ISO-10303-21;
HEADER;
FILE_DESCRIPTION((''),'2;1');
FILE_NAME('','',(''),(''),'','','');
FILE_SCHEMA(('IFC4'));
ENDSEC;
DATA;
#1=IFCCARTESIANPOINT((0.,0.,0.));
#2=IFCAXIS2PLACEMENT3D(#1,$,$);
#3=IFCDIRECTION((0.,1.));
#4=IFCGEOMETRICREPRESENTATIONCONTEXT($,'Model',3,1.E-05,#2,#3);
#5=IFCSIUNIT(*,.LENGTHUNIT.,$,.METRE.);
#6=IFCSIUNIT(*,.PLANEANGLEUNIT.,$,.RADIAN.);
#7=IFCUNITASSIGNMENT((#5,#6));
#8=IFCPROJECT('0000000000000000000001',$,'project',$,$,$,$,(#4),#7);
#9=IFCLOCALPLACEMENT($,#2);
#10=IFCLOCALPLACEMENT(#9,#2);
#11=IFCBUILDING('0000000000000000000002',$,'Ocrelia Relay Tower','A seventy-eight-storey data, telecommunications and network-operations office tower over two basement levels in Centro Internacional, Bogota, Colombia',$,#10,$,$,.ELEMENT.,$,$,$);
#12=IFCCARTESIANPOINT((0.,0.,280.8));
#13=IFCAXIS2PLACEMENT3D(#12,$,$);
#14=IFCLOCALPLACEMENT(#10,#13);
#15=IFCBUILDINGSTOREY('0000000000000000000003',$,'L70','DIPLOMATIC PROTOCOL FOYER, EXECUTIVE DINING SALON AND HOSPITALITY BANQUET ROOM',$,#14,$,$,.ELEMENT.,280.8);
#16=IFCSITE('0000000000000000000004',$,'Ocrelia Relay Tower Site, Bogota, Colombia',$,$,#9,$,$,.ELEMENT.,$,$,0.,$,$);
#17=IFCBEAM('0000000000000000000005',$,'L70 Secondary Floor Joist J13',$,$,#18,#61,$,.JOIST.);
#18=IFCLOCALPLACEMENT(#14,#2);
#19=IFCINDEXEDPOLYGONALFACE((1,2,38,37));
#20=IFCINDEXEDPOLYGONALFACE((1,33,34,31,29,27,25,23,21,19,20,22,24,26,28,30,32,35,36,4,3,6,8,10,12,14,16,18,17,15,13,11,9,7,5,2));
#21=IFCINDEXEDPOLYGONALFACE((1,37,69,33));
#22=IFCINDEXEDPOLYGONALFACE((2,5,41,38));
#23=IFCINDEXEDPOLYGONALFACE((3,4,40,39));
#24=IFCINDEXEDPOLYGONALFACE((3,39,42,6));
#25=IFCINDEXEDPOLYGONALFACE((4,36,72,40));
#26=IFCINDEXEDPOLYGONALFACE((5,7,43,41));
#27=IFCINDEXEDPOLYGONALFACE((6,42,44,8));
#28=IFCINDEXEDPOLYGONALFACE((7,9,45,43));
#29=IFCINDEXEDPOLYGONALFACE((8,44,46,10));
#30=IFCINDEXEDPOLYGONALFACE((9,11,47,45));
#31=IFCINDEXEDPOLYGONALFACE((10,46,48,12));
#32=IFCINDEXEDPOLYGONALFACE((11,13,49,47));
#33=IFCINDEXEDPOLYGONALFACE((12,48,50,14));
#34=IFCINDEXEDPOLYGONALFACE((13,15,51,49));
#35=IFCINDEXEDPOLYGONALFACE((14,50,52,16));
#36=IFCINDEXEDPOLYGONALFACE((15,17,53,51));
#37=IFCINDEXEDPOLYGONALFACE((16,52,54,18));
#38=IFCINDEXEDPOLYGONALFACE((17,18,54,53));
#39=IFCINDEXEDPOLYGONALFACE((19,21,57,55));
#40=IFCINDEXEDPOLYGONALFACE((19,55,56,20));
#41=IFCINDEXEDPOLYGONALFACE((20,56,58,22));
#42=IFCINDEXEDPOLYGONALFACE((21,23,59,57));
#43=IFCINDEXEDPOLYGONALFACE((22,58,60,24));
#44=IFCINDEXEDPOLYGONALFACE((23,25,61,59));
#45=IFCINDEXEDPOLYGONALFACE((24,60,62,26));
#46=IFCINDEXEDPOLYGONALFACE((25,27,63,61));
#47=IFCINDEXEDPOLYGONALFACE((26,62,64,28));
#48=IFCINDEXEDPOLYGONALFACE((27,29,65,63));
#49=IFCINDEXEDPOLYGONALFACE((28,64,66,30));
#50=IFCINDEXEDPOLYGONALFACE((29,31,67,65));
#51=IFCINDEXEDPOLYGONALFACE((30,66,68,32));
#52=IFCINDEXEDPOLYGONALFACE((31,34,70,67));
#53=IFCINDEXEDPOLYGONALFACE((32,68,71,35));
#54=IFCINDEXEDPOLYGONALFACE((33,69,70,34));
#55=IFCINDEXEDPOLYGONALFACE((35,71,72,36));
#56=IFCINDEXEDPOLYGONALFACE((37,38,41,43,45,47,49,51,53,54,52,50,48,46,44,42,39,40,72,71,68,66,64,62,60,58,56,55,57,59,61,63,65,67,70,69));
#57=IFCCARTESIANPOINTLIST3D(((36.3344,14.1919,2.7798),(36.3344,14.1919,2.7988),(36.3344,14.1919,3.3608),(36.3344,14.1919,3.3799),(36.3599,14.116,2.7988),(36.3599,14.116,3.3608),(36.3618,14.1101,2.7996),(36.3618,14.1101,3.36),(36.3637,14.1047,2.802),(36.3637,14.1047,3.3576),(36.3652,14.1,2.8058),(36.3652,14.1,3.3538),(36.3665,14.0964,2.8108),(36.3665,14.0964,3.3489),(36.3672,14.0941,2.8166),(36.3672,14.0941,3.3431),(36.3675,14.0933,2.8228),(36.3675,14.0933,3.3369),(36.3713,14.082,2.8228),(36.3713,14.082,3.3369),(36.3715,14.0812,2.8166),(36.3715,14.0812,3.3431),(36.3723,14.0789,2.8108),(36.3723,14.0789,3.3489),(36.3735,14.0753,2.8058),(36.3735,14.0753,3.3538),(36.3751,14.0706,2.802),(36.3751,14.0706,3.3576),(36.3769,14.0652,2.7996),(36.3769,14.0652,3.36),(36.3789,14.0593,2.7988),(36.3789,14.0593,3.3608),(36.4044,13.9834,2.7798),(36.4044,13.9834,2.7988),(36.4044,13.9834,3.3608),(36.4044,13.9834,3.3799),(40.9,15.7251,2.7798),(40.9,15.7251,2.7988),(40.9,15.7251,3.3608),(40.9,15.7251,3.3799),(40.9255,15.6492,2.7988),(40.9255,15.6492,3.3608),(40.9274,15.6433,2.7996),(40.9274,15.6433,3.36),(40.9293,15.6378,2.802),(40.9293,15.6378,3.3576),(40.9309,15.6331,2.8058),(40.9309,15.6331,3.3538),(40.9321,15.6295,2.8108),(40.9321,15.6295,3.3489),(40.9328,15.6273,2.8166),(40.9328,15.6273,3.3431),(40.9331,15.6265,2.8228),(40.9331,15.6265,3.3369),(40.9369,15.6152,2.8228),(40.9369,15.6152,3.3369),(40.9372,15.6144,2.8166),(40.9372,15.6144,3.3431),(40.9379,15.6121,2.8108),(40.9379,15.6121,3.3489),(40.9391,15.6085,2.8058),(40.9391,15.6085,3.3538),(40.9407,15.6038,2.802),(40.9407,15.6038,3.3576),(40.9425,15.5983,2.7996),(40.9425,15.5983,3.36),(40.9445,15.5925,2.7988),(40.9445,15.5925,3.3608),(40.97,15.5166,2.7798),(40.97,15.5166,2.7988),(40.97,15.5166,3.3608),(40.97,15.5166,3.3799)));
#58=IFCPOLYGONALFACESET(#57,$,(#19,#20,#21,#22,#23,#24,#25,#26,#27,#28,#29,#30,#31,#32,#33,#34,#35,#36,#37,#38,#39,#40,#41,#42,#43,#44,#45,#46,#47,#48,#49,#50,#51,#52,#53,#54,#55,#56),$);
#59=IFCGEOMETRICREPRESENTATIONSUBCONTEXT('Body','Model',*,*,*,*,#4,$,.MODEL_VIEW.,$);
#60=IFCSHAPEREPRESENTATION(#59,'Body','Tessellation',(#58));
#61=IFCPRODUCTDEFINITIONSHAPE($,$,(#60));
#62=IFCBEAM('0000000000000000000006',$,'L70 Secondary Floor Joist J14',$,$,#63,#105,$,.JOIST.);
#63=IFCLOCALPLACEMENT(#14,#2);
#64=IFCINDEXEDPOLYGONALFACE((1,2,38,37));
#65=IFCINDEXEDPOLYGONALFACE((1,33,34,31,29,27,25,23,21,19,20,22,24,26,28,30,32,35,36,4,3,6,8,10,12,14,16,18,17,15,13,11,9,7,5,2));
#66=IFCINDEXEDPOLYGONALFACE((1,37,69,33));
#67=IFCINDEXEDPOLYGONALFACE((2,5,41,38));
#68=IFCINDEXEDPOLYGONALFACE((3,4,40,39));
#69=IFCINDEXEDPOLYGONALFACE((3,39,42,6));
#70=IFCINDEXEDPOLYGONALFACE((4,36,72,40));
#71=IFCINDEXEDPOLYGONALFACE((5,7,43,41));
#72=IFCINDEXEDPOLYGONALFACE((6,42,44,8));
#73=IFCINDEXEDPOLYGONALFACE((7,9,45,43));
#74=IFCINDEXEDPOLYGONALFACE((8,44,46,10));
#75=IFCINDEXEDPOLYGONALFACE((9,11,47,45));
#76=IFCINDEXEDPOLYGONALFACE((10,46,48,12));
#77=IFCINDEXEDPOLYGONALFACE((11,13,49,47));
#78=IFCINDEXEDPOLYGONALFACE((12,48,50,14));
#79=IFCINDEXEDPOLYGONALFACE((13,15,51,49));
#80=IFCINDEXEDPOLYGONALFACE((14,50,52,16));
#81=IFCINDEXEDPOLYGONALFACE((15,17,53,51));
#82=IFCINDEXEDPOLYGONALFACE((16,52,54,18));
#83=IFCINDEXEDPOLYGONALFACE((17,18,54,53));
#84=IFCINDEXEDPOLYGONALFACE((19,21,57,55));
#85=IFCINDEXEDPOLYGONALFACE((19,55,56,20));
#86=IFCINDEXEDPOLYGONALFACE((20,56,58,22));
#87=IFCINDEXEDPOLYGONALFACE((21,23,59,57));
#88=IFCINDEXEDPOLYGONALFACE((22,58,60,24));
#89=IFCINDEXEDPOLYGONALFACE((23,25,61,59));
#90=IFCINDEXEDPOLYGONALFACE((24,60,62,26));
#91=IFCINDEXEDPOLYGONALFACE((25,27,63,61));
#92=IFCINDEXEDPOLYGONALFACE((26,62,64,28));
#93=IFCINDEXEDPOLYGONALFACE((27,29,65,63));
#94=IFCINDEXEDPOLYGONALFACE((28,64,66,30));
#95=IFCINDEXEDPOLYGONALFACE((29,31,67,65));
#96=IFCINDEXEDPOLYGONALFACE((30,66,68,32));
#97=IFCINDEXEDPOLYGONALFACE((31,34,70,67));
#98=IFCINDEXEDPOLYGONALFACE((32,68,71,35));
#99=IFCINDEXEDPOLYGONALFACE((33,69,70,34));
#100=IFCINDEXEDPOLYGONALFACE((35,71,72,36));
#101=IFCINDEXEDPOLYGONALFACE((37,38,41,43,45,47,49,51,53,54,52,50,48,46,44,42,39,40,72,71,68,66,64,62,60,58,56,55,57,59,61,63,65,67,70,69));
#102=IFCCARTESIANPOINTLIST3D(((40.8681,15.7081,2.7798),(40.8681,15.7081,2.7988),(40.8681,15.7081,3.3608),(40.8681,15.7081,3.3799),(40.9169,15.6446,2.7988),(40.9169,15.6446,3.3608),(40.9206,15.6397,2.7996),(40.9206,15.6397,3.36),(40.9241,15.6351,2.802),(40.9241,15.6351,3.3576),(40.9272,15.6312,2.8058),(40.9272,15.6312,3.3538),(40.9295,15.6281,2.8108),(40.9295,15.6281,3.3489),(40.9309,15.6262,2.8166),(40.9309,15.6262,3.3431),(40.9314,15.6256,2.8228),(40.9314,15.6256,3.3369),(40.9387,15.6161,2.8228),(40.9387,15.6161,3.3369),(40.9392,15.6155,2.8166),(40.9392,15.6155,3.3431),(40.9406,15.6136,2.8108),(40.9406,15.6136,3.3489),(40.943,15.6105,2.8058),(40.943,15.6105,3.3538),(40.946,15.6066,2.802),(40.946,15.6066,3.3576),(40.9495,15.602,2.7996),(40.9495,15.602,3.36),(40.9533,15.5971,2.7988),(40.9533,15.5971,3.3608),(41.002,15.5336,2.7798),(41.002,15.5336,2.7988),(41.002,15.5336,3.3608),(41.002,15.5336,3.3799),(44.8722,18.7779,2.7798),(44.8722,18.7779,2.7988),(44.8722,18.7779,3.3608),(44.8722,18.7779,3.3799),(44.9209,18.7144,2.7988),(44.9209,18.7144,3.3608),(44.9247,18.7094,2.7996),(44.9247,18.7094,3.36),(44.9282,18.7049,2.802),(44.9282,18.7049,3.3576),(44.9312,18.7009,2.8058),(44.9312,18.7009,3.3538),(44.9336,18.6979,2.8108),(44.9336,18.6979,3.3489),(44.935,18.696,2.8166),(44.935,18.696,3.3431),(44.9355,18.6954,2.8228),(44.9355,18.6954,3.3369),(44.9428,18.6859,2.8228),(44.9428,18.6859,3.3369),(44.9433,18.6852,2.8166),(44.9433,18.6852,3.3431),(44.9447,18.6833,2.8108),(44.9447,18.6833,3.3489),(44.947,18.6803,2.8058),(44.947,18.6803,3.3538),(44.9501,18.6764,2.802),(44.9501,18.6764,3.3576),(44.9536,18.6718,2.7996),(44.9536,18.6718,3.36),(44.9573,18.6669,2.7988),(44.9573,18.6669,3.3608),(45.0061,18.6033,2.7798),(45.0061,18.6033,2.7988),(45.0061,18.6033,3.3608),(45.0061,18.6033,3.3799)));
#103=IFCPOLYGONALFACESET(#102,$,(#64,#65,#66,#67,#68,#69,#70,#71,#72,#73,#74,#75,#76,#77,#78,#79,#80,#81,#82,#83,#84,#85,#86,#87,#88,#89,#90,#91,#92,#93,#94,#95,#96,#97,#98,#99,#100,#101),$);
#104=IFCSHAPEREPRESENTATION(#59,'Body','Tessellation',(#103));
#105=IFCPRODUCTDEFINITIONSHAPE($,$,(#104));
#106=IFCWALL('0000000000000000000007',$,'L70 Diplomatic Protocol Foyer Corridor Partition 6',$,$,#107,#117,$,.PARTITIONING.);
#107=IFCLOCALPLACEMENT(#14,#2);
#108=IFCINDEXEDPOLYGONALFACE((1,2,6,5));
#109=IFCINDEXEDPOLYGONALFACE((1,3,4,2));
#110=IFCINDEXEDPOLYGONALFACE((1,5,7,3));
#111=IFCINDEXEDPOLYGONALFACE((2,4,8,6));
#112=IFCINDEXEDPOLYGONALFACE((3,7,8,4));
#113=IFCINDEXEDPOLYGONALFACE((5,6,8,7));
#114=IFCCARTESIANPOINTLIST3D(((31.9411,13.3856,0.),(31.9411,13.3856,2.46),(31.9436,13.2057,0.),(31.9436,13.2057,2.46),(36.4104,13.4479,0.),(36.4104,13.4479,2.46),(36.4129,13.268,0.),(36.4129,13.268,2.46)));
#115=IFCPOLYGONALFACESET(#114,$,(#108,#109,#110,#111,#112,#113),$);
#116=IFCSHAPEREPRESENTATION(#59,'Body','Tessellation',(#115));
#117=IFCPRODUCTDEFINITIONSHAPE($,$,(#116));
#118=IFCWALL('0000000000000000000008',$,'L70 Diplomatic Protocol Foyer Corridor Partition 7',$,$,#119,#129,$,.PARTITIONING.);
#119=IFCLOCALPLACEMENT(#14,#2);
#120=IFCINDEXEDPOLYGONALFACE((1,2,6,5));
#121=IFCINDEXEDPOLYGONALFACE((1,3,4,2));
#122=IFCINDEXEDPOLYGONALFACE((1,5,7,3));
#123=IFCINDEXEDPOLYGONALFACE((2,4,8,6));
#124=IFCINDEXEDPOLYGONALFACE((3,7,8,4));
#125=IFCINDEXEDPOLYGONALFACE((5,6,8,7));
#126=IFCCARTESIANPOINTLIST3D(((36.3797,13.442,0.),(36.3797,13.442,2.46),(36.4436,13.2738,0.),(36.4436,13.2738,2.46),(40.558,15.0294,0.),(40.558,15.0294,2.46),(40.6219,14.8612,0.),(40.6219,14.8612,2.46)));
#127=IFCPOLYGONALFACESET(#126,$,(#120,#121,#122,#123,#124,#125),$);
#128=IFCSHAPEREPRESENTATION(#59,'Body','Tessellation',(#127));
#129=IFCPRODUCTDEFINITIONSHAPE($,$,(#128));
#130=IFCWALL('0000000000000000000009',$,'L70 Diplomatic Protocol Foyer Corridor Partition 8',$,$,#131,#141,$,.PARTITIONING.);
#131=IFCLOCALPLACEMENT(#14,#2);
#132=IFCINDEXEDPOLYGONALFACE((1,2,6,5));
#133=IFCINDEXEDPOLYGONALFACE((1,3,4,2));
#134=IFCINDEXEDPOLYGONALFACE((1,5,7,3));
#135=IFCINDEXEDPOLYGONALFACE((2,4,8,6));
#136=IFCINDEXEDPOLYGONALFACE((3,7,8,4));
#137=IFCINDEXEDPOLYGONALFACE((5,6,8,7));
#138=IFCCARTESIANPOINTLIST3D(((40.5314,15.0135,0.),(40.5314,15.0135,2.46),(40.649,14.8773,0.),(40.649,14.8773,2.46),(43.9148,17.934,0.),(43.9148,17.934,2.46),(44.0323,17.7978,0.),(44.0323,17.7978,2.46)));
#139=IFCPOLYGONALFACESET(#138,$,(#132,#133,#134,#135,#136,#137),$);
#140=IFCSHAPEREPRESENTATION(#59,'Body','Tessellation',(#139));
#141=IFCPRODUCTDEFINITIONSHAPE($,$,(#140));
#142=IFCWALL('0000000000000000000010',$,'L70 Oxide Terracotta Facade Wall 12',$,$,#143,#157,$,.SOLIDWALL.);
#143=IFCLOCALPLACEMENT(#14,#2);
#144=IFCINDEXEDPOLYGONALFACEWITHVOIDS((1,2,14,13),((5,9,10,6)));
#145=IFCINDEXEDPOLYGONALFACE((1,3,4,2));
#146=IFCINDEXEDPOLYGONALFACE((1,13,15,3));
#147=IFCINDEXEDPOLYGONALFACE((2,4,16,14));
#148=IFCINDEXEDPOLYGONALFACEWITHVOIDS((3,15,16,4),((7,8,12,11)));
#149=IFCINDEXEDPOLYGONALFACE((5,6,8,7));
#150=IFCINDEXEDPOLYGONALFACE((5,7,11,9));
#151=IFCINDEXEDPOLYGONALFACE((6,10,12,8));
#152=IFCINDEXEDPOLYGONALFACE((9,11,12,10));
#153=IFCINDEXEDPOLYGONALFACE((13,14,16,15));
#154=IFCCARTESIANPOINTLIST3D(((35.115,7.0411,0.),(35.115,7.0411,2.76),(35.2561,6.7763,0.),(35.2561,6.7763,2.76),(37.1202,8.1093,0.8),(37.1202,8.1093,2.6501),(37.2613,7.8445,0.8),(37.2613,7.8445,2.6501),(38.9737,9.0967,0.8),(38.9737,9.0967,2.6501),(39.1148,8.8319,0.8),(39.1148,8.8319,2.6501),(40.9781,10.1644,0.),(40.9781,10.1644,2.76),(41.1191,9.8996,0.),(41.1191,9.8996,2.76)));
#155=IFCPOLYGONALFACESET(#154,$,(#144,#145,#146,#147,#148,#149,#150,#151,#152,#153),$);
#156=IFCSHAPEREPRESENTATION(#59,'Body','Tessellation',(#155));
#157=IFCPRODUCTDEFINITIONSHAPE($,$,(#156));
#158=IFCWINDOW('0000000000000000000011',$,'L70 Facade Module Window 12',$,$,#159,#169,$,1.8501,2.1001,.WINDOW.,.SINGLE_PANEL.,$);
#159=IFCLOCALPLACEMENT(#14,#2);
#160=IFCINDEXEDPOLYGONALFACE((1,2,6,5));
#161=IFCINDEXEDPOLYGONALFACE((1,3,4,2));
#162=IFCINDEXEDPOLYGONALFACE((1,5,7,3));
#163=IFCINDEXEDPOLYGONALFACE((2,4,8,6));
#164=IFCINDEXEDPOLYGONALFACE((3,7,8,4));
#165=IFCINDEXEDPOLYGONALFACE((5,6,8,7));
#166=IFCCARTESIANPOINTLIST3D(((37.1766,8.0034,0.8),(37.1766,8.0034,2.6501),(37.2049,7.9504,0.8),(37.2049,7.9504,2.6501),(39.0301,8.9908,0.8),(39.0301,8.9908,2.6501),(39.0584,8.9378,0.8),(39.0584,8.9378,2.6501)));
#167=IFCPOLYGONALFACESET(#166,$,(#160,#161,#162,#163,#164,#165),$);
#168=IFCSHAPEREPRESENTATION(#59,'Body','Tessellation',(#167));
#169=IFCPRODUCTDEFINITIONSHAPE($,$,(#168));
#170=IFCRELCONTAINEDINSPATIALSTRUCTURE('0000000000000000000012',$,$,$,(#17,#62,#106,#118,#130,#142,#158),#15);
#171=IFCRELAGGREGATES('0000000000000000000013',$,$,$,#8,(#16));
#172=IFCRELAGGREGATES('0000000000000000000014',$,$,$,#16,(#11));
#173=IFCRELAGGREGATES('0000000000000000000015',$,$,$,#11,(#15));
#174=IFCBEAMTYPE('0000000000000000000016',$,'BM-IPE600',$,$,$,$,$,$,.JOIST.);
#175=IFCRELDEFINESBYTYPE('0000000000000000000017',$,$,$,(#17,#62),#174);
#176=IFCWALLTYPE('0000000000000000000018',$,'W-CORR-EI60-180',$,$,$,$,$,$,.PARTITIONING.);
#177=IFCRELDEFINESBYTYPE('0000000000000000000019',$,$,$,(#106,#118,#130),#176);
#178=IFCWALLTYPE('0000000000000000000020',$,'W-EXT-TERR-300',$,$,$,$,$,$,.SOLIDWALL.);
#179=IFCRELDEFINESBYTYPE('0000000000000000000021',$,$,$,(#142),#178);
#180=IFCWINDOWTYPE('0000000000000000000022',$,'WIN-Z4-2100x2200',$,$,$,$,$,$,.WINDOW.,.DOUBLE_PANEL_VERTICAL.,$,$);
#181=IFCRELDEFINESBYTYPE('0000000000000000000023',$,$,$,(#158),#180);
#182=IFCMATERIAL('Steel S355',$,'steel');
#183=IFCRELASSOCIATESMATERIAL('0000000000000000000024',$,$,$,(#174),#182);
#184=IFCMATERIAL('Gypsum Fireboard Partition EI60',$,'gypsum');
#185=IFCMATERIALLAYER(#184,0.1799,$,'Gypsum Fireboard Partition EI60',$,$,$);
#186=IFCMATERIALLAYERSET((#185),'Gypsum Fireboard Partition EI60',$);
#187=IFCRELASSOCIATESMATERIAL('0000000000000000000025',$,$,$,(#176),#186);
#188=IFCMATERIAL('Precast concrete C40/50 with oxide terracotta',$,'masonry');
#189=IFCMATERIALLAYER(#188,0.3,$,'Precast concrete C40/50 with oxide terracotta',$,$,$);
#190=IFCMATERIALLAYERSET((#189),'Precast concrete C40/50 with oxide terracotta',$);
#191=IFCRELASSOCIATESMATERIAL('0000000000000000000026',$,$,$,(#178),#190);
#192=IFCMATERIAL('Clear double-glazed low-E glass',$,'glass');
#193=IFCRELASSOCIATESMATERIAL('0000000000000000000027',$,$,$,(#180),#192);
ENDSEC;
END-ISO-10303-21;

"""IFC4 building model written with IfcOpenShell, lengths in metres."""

from ifc_helpers import new_model, si_unit, direction, frame, frame_2d, origin, origin_2d, place, context, subcontext, project, spatial, rectangle, i_section, extrude, material, layer, layer_set, material_profile, profile_set, type_object, element, fill, save


model = new_model("IFC4")

# Units and contexts
model_context = context("Model", 3, precision=1e-05, world=origin(), true_north=direction((0.0, 1.0)))
body_context = subcontext(model_context, "Body", "Model", "MODEL_VIEW")
ifc_project = project(units=[si_unit("LENGTHUNIT", "METRE"), si_unit("PLANEANGLEUNIT", "RADIAN")], contexts=[model_context])

# Site, building, storey
site_placement = place(None, origin())
site = spatial("IfcSite", under=ifc_project, at=site_placement, Name="Ocrelia Relay Tower Site, Bogota, Colombia", CompositionType="ELEMENT", RefElevation=0.0)
building_placement = place(site_placement, origin())
building = spatial("IfcBuilding", under=site, at=building_placement, Name="Ocrelia Relay Tower", Description="A seventy-eight-storey data, telecommunications and network-operations office tower over two basement levels in Centro Internacional, Bogota, Colombia", CompositionType="ELEMENT")
storey_placement = place(building_placement, frame((0.0, 0.0, 280.8)))
storey = spatial("IfcBuildingStorey", under=building, at=storey_placement, Name="L70", Description="DIPLOMATIC PROTOCOL FOYER, EXECUTIVE DINING SALON AND HOSPITALITY BANQUET ROOM", CompositionType="ELEMENT", Elevation=280.8)

# Beams
ifc_material_1 = material(Name="Steel S355", Category="steel")
ifc_material_profile_1 = material_profile(ifc_material_1, i_section(OverallWidth=0.22, OverallDepth=0.6001, WebThickness=0.012, FlangeThickness=0.019, FilletRadius=0.0239, at=origin_2d()), Name="IPE 600")
ifc_profile_set_1 = profile_set([ifc_material_profile_1], Name="Steel S355")
beam_type_1 = type_object("IfcBeamType", Name="BM-IPE600", PredefinedType="JOIST", material=ifc_profile_set_1)
beam_1_placement = place(storey_placement, frame((36.3694, 14.0876, 3.0798), z_axis=(0.947976, 0.318341, 0.0), x_axis=(-0.318341, 0.947976, 0.0)))
element("IfcBeam", 1, at=beam_1_placement, inside=storey, type_object=beam_type_1, Name="L70 Secondary Floor Joist J13", PredefinedType="JOIST", context=body_context, shape_type="SweptSolid", body=[
    extrude(i_section(OverallWidth=0.22, OverallDepth=0.6001, WebThickness=0.012, FlangeThickness=0.019, FilletRadius=0.0239, at=origin_2d()), origin(), (0.0, 0.0, 1.0), 4.8162),
])
beam_2_placement = place(storey_placement, frame((40.9351, 15.6208, 3.0798), z_axis=(0.793609, 0.608428, 0.0), x_axis=(-0.608428, 0.793609, 0.0)))
element("IfcBeam", 2, at=beam_2_placement, inside=storey, type_object=beam_type_1, Name="L70 Secondary Floor Joist J14", PredefinedType="JOIST", context=body_context, shape_type="SweptSolid", body=[
    extrude(i_section(OverallWidth=0.22, OverallDepth=0.6001, WebThickness=0.012, FlangeThickness=0.019, FilletRadius=0.0239, at=origin_2d()), origin(), (0.0, 0.0, 1.0), 5.0454),
])

# Walls
ifc_material_2 = material(Name="Gypsum Fireboard Partition EI60", Category="gypsum")
ifc_layer_1 = layer(ifc_material_2, 0.1799, Name="Gypsum Fireboard Partition EI60")
ifc_layer_set_1 = layer_set([ifc_layer_1], Name="Gypsum Fireboard Partition EI60")
wall_type_1 = type_object("IfcWallType", Name="W-CORR-EI60-180", PredefinedType="PARTITIONING", material=ifc_layer_set_1)
for number, where, z_axis, x_axis, name in (
    (3, (31.9424, 13.2957, 0.0), (0.0, 0.0, 1.0), (0.999903, 0.013929, 0.0), "L70 Diplomatic Protocol Foyer Corridor Partition 6"),
    (4, (36.4116, 13.3579, 0.0), (0.0, 0.0, 1.0), (0.934814, 0.355137, 0.0), "L70 Diplomatic Protocol Foyer Corridor Partition 7"),
):
    element("IfcWall", number, at=place(storey_placement, frame(where, z_axis=z_axis, x_axis=x_axis)), inside=storey, type_object=wall_type_1, Name=name, PredefinedType="PARTITIONING", context=body_context, shape_type="SweptSolid", body=[
        extrude(rectangle(XDim=4.4697, YDim=0.1799, at=frame_2d((2.2349, 0.0))), origin(), (0.0, 0.0, 1.0), 2.46),
    ])
wall_1_placement = place(storey_placement, frame((40.5901, 14.9453, 0.0), z_axis=(0.0, 0.0, 1.0), x_axis=(0.756992, 0.653424, 0.0)))
element("IfcWall", 5, at=wall_1_placement, inside=storey, type_object=wall_type_1, Name="L70 Diplomatic Protocol Foyer Corridor Partition 8", PredefinedType="PARTITIONING", context=body_context, shape_type="SweptSolid", body=[
    extrude(rectangle(XDim=4.4695, YDim=0.1799, at=frame_2d((2.2349, 0.0))), origin(), (0.0, 0.0, 1.0), 2.46),
])

# Wall, opening, window
ifc_material_3 = material(Name="Precast concrete C40/50 with oxide terracotta", Category="masonry")
ifc_layer_2 = layer(ifc_material_3, 0.3, Name="Precast concrete C40/50 with oxide terracotta")
ifc_layer_set_2 = layer_set([ifc_layer_2], Name="Precast concrete C40/50 with oxide terracotta")
wall_type_2 = type_object("IfcWallType", Name="W-EXT-TERR-300", PredefinedType="SOLIDWALL", material=ifc_layer_set_2)
wall_2_placement = place(storey_placement, frame((35.1855, 6.9087, 0.0), z_axis=(0.0, 0.0, 1.0), x_axis=(0.882582, 0.470159, 0.0)))
wall_2 = element("IfcWall", 6, at=wall_2_placement, inside=storey, type_object=wall_type_2, Name="L70 Oxide Terracotta Facade Wall 12", PredefinedType="SOLIDWALL", context=body_context, shape_type="SweptSolid", body=[
    extrude(rectangle(XDim=6.6431, YDim=0.3, at=frame_2d((3.3215, 0.0))), origin(), (0.0, 0.0, 1.0), 2.76),
])
opening_1_placement = place(wall_2_placement, frame((2.272, 0.0, 0.8)))
opening_1 = element("IfcOpeningElement", 7, at=opening_1_placement, cuts=wall_2, PredefinedType="OPENING", context=body_context, shape_type="SweptSolid", body=[
    extrude(rectangle(XDim=2.1001, YDim=1.8501, at=frame_2d((1.05, 0.925))), frame((0.0, 0.1602, 0.0), z_axis=(0.0, -1.0, 0.0), x_axis=(1.0, 0.0, 0.0)), (0.0, 0.0, 1.0), 0.3201),
])
ifc_material_4 = material(Name="Clear double-glazed low-E glass", Category="glass")
window_type = type_object("IfcWindowType", Name="WIN-Z4-2100x2200", PartitioningType="DOUBLE_PANEL_VERTICAL", PredefinedType="WINDOW", material=ifc_material_4)
window_1_placement = place(opening_1_placement, origin())
window_1 = element("IfcWindow", 8, at=window_1_placement, inside=storey, type_object=window_type, Name="L70 Facade Module Window 12", OverallHeight=1.8501, OverallWidth=2.1001, PartitioningType="SINGLE_PANEL", PredefinedType="WINDOW", context=body_context, shape_type="SweptSolid", body=[
    extrude(rectangle(XDim=2.1001, YDim=1.8501, at=frame_2d((1.05, 0.925))), frame((0.0, 0.03, 0.0), z_axis=(0.0, -1.0, 0.0), x_axis=(1.0, 0.0, 0.0)), (0.0, 0.0, 1.0), 0.0601),
])
fill(opening_1, window_1)

save(model, "model.ifc")
